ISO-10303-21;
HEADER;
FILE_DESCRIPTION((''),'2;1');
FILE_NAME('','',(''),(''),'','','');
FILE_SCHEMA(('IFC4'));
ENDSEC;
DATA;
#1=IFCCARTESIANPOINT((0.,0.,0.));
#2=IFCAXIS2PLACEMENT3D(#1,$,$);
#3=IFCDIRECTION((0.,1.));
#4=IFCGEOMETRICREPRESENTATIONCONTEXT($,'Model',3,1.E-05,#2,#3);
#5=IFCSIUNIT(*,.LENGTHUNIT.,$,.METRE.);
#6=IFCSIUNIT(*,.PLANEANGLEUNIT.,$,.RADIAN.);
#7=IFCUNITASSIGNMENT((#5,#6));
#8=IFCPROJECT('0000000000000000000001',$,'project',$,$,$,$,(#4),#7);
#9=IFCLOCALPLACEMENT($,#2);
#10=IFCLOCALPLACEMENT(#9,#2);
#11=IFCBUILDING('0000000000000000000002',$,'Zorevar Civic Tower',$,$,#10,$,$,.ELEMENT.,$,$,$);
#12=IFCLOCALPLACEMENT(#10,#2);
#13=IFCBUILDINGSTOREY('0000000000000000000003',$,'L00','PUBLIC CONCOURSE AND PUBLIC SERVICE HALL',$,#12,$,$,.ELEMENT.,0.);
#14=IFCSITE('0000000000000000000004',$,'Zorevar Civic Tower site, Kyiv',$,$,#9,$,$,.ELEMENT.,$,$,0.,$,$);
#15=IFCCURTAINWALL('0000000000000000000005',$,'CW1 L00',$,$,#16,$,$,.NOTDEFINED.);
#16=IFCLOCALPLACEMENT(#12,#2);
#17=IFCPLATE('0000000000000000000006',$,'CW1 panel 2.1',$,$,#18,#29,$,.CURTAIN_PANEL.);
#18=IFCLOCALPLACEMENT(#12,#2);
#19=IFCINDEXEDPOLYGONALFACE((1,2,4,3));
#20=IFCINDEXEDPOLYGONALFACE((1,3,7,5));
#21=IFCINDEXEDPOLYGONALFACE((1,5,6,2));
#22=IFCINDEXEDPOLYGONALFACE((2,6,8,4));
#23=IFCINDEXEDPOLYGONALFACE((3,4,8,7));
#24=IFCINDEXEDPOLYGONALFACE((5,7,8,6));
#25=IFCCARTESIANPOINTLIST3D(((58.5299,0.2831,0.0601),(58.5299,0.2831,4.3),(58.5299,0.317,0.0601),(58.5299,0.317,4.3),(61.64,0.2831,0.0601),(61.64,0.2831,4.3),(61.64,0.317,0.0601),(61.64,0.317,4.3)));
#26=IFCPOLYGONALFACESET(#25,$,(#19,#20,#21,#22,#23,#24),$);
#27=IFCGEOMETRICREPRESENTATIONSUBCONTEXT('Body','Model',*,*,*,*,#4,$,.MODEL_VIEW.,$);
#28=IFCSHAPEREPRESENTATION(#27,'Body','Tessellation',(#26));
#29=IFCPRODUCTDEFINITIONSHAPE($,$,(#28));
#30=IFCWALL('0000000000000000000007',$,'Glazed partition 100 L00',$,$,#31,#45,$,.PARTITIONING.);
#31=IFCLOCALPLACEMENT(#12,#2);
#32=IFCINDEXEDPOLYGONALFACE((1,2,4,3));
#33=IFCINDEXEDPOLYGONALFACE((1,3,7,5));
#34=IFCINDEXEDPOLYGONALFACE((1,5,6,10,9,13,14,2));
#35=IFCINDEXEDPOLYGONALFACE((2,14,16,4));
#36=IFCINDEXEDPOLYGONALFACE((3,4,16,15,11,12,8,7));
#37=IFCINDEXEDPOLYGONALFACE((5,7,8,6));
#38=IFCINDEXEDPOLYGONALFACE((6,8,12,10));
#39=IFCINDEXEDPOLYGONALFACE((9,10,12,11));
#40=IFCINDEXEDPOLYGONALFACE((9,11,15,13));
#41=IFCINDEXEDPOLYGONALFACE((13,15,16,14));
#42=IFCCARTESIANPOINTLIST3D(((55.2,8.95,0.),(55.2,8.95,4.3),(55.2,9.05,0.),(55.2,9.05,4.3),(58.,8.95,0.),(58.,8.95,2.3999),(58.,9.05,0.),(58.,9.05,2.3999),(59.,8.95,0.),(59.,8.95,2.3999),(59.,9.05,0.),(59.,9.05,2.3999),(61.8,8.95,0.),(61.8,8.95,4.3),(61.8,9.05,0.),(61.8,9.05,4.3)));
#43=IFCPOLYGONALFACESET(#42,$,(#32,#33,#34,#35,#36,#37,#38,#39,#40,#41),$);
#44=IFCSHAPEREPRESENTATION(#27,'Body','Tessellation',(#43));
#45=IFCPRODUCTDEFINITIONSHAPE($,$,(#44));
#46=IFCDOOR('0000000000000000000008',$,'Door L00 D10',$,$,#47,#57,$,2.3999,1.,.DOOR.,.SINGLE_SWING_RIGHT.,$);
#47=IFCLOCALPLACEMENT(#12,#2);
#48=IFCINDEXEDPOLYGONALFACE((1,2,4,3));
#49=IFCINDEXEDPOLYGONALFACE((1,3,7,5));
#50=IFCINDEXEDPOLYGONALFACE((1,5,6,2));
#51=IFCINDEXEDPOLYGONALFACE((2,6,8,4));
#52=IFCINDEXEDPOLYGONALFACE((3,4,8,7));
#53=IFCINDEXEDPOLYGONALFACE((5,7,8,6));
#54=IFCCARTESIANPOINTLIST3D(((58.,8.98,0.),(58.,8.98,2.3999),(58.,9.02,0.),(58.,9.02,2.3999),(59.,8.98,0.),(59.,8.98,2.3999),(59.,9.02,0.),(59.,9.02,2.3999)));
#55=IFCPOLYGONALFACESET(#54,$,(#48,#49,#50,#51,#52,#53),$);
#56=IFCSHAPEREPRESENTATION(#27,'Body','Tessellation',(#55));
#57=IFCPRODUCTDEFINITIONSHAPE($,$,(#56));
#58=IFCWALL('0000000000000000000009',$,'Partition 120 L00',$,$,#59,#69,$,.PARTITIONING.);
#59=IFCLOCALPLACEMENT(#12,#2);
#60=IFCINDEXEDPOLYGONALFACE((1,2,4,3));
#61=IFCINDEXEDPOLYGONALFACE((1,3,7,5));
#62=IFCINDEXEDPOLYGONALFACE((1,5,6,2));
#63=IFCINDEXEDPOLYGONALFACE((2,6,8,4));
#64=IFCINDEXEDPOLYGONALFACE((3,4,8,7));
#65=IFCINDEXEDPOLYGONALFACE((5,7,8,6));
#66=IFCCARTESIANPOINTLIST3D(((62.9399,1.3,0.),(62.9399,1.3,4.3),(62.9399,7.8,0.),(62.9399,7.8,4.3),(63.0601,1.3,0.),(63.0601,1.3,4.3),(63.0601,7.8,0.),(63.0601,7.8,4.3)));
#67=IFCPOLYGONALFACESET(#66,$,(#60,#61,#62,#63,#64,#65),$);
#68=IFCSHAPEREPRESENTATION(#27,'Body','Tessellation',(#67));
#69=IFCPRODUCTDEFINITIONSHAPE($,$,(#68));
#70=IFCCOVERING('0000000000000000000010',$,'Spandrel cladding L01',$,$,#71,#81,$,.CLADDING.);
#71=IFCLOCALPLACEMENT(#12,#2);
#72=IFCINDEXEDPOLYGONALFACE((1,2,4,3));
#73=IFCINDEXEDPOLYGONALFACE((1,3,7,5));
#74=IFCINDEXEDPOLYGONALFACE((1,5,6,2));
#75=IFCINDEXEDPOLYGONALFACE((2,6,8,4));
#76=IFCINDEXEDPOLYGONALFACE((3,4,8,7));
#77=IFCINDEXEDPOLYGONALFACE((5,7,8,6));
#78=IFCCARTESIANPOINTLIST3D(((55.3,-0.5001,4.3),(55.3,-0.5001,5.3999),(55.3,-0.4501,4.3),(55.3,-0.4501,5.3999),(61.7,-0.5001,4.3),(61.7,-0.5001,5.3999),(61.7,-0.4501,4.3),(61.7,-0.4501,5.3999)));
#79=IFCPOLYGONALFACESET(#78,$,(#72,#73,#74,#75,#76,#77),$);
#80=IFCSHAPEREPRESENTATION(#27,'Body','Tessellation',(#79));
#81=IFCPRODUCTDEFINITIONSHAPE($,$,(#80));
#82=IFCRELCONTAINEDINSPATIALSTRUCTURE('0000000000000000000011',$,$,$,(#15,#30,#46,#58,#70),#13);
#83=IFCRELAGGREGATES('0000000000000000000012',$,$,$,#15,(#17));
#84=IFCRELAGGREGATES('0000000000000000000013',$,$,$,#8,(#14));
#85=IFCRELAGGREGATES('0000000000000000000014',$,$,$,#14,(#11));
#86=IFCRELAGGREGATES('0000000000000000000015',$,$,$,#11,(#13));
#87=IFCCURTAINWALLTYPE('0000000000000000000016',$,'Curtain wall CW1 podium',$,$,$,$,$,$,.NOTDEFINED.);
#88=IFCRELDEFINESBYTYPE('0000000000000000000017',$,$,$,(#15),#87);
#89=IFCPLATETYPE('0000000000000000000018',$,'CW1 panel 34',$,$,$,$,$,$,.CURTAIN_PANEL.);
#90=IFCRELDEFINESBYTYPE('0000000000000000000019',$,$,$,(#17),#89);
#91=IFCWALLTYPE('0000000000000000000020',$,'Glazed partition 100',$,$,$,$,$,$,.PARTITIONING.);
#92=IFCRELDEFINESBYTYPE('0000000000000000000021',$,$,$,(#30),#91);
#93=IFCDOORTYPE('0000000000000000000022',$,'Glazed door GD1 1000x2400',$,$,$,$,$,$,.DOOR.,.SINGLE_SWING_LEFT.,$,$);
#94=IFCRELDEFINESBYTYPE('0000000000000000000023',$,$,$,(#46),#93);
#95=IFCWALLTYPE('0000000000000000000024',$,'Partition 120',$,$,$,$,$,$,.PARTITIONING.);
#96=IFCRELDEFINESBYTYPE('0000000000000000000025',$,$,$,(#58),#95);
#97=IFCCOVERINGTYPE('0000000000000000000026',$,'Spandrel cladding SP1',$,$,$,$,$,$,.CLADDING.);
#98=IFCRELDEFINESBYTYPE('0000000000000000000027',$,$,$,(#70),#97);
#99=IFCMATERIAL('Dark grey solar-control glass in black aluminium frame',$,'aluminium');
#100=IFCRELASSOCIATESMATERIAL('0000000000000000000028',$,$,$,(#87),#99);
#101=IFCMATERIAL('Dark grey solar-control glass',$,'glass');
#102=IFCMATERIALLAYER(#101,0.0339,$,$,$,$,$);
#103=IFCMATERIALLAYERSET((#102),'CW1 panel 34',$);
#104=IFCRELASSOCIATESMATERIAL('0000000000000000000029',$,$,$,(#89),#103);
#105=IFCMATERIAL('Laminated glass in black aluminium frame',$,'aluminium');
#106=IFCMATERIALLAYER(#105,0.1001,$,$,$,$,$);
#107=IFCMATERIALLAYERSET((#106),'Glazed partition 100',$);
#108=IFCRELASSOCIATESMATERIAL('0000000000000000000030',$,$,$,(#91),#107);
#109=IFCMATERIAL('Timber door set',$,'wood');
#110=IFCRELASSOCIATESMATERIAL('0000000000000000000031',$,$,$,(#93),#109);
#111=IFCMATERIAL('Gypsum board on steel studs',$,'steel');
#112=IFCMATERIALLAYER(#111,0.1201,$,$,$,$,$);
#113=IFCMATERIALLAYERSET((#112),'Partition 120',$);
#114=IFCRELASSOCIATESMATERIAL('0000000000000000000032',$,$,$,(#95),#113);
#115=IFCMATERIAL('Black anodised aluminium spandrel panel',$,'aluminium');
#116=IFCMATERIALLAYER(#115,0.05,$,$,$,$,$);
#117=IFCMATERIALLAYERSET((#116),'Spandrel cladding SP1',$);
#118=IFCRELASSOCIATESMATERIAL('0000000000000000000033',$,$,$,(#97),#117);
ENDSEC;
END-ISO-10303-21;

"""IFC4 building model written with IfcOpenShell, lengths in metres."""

from ifc_helpers import new_model, si_unit, direction, frame, frame_2d, origin, origin_2d, place, context, subcontext, project, spatial, rectangle, extrude, material, layer, layer_set, type_object, element, fill, aggregate, save


model = new_model("IFC4")

# Units and contexts
model_context = context("Model", 3, precision=1e-05, world=origin(), true_north=direction((0.0, 1.0)))
body_context = subcontext(model_context, "Body", "Model", "MODEL_VIEW")
ifc_project = project(units=[si_unit("LENGTHUNIT", "METRE"), si_unit("PLANEANGLEUNIT", "RADIAN")], contexts=[model_context])

# Site, building, storey
site_placement = place(None, origin())
site = spatial("IfcSite", under=ifc_project, at=site_placement, Name="Zorevar Civic Tower site, Kyiv", CompositionType="ELEMENT", RefElevation=0.0)
building_placement = place(site_placement, origin())
building = spatial("IfcBuilding", under=site, at=building_placement, Name="Zorevar Civic Tower", CompositionType="ELEMENT")
storey_placement = place(building_placement, origin())
storey = spatial("IfcBuildingStorey", under=building, at=storey_placement, Name="L00", Description="PUBLIC CONCOURSE AND PUBLIC SERVICE HALL", CompositionType="ELEMENT", Elevation=0.0)

# Curtain wall
ifc_material_1 = material(Name="Dark grey solar-control glass in black aluminium frame", Category="aluminium")
curtain_wall_type = type_object("IfcCurtainWallType", Name="Curtain wall CW1 podium", PredefinedType="NOTDEFINED", material=ifc_material_1)
curtain_wall_placement = place(storey_placement, origin())
curtain_wall = element("IfcCurtainWall", 1, at=curtain_wall_placement, inside=storey, type_object=curtain_wall_type, Name="CW1 L00", PredefinedType="NOTDEFINED")

# Plate
ifc_material_2 = material(Name="Dark grey solar-control glass", Category="glass")
ifc_layer_1 = layer(ifc_material_2, 0.0339)
ifc_layer_set_1 = layer_set([ifc_layer_1], Name="CW1 panel 34")
plate_type = type_object("IfcPlateType", Name="CW1 panel 34", PredefinedType="CURTAIN_PANEL", material=ifc_layer_set_1)
plate_1_placement = place(storey_placement, frame((60.085, 0.3, 0.0601), z_axis=(0.0, 0.0, 1.0), x_axis=(1.0, 0.0, 0.0)))
plate_1 = element("IfcPlate", 2, at=plate_1_placement, type_object=plate_type, Name="CW1 panel 2.1", PredefinedType="CURTAIN_PANEL", context=body_context, shape_type="SweptSolid", body=[
    extrude(rectangle(XDim=3.1101, YDim=0.0339, at=origin_2d()), origin(), (0.0, 0.0, 1.0), 4.24),
])
aggregate(curtain_wall, [plate_1])

# Wall, opening, door
ifc_material_3 = material(Name="Laminated glass in black aluminium frame", Category="aluminium")
ifc_layer_2 = layer(ifc_material_3, 0.1001)
ifc_layer_set_2 = layer_set([ifc_layer_2], Name="Glazed partition 100")
wall_type_1 = type_object("IfcWallType", Name="Glazed partition 100", PredefinedType="PARTITIONING", material=ifc_layer_set_2)
wall_1_placement = place(storey_placement, frame((55.2, 9.0, 0.0), z_axis=(0.0, 0.0, 1.0), x_axis=(1.0, 0.0, 0.0)))
wall_1 = element("IfcWall", 3, at=wall_1_placement, inside=storey, type_object=wall_type_1, Name="Glazed partition 100 L00", PredefinedType="PARTITIONING", context=body_context, shape_type="SweptSolid", body=[
    extrude(rectangle(XDim=6.6001, YDim=0.1001, at=frame_2d((3.3, 0.0))), origin(), (0.0, 0.0, 1.0), 4.3),
])
opening_placement = place(wall_1_placement, frame((2.8, 0.0, 0.0)))
opening = element("IfcOpeningElement", 4, at=opening_placement, cuts=wall_1, PredefinedType="OPENING", context=body_context, shape_type="SweptSolid", body=[
    extrude(rectangle(XDim=1.0, YDim=2.3999, at=frame_2d((0.5, 1.2))), frame((0.0, 0.0601, 0.0), z_axis=(0.0, -1.0, 0.0), x_axis=(1.0, 0.0, 0.0)), (0.0, 0.0, 1.0), 0.1201),
])
ifc_material_4 = material(Name="Timber door set", Category="wood")
door_type = type_object("IfcDoorType", Name="Glazed door GD1 1000x2400", OperationType="SINGLE_SWING_LEFT", PredefinedType="DOOR", material=ifc_material_4)
door_placement = place(opening_placement, origin())
door = element("IfcDoor", 5, at=door_placement, inside=storey, type_object=door_type, Name="Door L00 D10", OperationType="SINGLE_SWING_RIGHT", OverallHeight=2.3999, OverallWidth=1.0, PredefinedType="DOOR", context=body_context, shape_type="SweptSolid", body=[
    extrude(rectangle(XDim=1.0, YDim=2.3999, at=frame_2d((0.5, 1.2))), frame((0.0, 0.02, 0.0), z_axis=(0.0, -1.0, 0.0), x_axis=(1.0, 0.0, 0.0)), (0.0, 0.0, 1.0), 0.04),
])
fill(opening, door)

# Wall
ifc_material_5 = material(Name="Gypsum board on steel studs", Category="steel")
ifc_layer_3 = layer(ifc_material_5, 0.1201)
ifc_layer_set_3 = layer_set([ifc_layer_3], Name="Partition 120")
wall_type_2 = type_object("IfcWallType", Name="Partition 120", PredefinedType="PARTITIONING", material=ifc_layer_set_3)
wall_2_placement = place(storey_placement, frame((63.0, 1.3, 0.0), z_axis=(0.0, 0.0, 1.0), x_axis=(0.0, 1.0, 0.0)))
element("IfcWall", 6, at=wall_2_placement, inside=storey, type_object=wall_type_2, Name="Partition 120 L00", PredefinedType="PARTITIONING", context=body_context, shape_type="SweptSolid", body=[
    extrude(rectangle(XDim=6.5, YDim=0.1201, at=frame_2d((3.25, 0.0))), origin(), (0.0, 0.0, 1.0), 4.3),
])

# Covering
ifc_material_6 = material(Name="Black anodised aluminium spandrel panel", Category="aluminium")
ifc_layer_4 = layer(ifc_material_6, 0.05)
ifc_layer_set_4 = layer_set([ifc_layer_4], Name="Spandrel cladding SP1")
covering_type = type_object("IfcCoveringType", Name="Spandrel cladding SP1", PredefinedType="CLADDING", material=ifc_layer_set_4)
covering_placement = place(storey_placement, frame((55.3, -0.4751, 4.3), z_axis=(0.0, 0.0, 1.0), x_axis=(1.0, 0.0, 0.0)))
element("IfcCovering", 7, at=covering_placement, inside=storey, type_object=covering_type, Name="Spandrel cladding L01", PredefinedType="CLADDING", context=body_context, shape_type="SweptSolid", body=[
    extrude(rectangle(XDim=6.3999, YDim=0.05, at=frame_2d((3.2, 0.0))), origin(), (0.0, 0.0, 1.0), 1.0999),
])

save(model, "model.ifc")
